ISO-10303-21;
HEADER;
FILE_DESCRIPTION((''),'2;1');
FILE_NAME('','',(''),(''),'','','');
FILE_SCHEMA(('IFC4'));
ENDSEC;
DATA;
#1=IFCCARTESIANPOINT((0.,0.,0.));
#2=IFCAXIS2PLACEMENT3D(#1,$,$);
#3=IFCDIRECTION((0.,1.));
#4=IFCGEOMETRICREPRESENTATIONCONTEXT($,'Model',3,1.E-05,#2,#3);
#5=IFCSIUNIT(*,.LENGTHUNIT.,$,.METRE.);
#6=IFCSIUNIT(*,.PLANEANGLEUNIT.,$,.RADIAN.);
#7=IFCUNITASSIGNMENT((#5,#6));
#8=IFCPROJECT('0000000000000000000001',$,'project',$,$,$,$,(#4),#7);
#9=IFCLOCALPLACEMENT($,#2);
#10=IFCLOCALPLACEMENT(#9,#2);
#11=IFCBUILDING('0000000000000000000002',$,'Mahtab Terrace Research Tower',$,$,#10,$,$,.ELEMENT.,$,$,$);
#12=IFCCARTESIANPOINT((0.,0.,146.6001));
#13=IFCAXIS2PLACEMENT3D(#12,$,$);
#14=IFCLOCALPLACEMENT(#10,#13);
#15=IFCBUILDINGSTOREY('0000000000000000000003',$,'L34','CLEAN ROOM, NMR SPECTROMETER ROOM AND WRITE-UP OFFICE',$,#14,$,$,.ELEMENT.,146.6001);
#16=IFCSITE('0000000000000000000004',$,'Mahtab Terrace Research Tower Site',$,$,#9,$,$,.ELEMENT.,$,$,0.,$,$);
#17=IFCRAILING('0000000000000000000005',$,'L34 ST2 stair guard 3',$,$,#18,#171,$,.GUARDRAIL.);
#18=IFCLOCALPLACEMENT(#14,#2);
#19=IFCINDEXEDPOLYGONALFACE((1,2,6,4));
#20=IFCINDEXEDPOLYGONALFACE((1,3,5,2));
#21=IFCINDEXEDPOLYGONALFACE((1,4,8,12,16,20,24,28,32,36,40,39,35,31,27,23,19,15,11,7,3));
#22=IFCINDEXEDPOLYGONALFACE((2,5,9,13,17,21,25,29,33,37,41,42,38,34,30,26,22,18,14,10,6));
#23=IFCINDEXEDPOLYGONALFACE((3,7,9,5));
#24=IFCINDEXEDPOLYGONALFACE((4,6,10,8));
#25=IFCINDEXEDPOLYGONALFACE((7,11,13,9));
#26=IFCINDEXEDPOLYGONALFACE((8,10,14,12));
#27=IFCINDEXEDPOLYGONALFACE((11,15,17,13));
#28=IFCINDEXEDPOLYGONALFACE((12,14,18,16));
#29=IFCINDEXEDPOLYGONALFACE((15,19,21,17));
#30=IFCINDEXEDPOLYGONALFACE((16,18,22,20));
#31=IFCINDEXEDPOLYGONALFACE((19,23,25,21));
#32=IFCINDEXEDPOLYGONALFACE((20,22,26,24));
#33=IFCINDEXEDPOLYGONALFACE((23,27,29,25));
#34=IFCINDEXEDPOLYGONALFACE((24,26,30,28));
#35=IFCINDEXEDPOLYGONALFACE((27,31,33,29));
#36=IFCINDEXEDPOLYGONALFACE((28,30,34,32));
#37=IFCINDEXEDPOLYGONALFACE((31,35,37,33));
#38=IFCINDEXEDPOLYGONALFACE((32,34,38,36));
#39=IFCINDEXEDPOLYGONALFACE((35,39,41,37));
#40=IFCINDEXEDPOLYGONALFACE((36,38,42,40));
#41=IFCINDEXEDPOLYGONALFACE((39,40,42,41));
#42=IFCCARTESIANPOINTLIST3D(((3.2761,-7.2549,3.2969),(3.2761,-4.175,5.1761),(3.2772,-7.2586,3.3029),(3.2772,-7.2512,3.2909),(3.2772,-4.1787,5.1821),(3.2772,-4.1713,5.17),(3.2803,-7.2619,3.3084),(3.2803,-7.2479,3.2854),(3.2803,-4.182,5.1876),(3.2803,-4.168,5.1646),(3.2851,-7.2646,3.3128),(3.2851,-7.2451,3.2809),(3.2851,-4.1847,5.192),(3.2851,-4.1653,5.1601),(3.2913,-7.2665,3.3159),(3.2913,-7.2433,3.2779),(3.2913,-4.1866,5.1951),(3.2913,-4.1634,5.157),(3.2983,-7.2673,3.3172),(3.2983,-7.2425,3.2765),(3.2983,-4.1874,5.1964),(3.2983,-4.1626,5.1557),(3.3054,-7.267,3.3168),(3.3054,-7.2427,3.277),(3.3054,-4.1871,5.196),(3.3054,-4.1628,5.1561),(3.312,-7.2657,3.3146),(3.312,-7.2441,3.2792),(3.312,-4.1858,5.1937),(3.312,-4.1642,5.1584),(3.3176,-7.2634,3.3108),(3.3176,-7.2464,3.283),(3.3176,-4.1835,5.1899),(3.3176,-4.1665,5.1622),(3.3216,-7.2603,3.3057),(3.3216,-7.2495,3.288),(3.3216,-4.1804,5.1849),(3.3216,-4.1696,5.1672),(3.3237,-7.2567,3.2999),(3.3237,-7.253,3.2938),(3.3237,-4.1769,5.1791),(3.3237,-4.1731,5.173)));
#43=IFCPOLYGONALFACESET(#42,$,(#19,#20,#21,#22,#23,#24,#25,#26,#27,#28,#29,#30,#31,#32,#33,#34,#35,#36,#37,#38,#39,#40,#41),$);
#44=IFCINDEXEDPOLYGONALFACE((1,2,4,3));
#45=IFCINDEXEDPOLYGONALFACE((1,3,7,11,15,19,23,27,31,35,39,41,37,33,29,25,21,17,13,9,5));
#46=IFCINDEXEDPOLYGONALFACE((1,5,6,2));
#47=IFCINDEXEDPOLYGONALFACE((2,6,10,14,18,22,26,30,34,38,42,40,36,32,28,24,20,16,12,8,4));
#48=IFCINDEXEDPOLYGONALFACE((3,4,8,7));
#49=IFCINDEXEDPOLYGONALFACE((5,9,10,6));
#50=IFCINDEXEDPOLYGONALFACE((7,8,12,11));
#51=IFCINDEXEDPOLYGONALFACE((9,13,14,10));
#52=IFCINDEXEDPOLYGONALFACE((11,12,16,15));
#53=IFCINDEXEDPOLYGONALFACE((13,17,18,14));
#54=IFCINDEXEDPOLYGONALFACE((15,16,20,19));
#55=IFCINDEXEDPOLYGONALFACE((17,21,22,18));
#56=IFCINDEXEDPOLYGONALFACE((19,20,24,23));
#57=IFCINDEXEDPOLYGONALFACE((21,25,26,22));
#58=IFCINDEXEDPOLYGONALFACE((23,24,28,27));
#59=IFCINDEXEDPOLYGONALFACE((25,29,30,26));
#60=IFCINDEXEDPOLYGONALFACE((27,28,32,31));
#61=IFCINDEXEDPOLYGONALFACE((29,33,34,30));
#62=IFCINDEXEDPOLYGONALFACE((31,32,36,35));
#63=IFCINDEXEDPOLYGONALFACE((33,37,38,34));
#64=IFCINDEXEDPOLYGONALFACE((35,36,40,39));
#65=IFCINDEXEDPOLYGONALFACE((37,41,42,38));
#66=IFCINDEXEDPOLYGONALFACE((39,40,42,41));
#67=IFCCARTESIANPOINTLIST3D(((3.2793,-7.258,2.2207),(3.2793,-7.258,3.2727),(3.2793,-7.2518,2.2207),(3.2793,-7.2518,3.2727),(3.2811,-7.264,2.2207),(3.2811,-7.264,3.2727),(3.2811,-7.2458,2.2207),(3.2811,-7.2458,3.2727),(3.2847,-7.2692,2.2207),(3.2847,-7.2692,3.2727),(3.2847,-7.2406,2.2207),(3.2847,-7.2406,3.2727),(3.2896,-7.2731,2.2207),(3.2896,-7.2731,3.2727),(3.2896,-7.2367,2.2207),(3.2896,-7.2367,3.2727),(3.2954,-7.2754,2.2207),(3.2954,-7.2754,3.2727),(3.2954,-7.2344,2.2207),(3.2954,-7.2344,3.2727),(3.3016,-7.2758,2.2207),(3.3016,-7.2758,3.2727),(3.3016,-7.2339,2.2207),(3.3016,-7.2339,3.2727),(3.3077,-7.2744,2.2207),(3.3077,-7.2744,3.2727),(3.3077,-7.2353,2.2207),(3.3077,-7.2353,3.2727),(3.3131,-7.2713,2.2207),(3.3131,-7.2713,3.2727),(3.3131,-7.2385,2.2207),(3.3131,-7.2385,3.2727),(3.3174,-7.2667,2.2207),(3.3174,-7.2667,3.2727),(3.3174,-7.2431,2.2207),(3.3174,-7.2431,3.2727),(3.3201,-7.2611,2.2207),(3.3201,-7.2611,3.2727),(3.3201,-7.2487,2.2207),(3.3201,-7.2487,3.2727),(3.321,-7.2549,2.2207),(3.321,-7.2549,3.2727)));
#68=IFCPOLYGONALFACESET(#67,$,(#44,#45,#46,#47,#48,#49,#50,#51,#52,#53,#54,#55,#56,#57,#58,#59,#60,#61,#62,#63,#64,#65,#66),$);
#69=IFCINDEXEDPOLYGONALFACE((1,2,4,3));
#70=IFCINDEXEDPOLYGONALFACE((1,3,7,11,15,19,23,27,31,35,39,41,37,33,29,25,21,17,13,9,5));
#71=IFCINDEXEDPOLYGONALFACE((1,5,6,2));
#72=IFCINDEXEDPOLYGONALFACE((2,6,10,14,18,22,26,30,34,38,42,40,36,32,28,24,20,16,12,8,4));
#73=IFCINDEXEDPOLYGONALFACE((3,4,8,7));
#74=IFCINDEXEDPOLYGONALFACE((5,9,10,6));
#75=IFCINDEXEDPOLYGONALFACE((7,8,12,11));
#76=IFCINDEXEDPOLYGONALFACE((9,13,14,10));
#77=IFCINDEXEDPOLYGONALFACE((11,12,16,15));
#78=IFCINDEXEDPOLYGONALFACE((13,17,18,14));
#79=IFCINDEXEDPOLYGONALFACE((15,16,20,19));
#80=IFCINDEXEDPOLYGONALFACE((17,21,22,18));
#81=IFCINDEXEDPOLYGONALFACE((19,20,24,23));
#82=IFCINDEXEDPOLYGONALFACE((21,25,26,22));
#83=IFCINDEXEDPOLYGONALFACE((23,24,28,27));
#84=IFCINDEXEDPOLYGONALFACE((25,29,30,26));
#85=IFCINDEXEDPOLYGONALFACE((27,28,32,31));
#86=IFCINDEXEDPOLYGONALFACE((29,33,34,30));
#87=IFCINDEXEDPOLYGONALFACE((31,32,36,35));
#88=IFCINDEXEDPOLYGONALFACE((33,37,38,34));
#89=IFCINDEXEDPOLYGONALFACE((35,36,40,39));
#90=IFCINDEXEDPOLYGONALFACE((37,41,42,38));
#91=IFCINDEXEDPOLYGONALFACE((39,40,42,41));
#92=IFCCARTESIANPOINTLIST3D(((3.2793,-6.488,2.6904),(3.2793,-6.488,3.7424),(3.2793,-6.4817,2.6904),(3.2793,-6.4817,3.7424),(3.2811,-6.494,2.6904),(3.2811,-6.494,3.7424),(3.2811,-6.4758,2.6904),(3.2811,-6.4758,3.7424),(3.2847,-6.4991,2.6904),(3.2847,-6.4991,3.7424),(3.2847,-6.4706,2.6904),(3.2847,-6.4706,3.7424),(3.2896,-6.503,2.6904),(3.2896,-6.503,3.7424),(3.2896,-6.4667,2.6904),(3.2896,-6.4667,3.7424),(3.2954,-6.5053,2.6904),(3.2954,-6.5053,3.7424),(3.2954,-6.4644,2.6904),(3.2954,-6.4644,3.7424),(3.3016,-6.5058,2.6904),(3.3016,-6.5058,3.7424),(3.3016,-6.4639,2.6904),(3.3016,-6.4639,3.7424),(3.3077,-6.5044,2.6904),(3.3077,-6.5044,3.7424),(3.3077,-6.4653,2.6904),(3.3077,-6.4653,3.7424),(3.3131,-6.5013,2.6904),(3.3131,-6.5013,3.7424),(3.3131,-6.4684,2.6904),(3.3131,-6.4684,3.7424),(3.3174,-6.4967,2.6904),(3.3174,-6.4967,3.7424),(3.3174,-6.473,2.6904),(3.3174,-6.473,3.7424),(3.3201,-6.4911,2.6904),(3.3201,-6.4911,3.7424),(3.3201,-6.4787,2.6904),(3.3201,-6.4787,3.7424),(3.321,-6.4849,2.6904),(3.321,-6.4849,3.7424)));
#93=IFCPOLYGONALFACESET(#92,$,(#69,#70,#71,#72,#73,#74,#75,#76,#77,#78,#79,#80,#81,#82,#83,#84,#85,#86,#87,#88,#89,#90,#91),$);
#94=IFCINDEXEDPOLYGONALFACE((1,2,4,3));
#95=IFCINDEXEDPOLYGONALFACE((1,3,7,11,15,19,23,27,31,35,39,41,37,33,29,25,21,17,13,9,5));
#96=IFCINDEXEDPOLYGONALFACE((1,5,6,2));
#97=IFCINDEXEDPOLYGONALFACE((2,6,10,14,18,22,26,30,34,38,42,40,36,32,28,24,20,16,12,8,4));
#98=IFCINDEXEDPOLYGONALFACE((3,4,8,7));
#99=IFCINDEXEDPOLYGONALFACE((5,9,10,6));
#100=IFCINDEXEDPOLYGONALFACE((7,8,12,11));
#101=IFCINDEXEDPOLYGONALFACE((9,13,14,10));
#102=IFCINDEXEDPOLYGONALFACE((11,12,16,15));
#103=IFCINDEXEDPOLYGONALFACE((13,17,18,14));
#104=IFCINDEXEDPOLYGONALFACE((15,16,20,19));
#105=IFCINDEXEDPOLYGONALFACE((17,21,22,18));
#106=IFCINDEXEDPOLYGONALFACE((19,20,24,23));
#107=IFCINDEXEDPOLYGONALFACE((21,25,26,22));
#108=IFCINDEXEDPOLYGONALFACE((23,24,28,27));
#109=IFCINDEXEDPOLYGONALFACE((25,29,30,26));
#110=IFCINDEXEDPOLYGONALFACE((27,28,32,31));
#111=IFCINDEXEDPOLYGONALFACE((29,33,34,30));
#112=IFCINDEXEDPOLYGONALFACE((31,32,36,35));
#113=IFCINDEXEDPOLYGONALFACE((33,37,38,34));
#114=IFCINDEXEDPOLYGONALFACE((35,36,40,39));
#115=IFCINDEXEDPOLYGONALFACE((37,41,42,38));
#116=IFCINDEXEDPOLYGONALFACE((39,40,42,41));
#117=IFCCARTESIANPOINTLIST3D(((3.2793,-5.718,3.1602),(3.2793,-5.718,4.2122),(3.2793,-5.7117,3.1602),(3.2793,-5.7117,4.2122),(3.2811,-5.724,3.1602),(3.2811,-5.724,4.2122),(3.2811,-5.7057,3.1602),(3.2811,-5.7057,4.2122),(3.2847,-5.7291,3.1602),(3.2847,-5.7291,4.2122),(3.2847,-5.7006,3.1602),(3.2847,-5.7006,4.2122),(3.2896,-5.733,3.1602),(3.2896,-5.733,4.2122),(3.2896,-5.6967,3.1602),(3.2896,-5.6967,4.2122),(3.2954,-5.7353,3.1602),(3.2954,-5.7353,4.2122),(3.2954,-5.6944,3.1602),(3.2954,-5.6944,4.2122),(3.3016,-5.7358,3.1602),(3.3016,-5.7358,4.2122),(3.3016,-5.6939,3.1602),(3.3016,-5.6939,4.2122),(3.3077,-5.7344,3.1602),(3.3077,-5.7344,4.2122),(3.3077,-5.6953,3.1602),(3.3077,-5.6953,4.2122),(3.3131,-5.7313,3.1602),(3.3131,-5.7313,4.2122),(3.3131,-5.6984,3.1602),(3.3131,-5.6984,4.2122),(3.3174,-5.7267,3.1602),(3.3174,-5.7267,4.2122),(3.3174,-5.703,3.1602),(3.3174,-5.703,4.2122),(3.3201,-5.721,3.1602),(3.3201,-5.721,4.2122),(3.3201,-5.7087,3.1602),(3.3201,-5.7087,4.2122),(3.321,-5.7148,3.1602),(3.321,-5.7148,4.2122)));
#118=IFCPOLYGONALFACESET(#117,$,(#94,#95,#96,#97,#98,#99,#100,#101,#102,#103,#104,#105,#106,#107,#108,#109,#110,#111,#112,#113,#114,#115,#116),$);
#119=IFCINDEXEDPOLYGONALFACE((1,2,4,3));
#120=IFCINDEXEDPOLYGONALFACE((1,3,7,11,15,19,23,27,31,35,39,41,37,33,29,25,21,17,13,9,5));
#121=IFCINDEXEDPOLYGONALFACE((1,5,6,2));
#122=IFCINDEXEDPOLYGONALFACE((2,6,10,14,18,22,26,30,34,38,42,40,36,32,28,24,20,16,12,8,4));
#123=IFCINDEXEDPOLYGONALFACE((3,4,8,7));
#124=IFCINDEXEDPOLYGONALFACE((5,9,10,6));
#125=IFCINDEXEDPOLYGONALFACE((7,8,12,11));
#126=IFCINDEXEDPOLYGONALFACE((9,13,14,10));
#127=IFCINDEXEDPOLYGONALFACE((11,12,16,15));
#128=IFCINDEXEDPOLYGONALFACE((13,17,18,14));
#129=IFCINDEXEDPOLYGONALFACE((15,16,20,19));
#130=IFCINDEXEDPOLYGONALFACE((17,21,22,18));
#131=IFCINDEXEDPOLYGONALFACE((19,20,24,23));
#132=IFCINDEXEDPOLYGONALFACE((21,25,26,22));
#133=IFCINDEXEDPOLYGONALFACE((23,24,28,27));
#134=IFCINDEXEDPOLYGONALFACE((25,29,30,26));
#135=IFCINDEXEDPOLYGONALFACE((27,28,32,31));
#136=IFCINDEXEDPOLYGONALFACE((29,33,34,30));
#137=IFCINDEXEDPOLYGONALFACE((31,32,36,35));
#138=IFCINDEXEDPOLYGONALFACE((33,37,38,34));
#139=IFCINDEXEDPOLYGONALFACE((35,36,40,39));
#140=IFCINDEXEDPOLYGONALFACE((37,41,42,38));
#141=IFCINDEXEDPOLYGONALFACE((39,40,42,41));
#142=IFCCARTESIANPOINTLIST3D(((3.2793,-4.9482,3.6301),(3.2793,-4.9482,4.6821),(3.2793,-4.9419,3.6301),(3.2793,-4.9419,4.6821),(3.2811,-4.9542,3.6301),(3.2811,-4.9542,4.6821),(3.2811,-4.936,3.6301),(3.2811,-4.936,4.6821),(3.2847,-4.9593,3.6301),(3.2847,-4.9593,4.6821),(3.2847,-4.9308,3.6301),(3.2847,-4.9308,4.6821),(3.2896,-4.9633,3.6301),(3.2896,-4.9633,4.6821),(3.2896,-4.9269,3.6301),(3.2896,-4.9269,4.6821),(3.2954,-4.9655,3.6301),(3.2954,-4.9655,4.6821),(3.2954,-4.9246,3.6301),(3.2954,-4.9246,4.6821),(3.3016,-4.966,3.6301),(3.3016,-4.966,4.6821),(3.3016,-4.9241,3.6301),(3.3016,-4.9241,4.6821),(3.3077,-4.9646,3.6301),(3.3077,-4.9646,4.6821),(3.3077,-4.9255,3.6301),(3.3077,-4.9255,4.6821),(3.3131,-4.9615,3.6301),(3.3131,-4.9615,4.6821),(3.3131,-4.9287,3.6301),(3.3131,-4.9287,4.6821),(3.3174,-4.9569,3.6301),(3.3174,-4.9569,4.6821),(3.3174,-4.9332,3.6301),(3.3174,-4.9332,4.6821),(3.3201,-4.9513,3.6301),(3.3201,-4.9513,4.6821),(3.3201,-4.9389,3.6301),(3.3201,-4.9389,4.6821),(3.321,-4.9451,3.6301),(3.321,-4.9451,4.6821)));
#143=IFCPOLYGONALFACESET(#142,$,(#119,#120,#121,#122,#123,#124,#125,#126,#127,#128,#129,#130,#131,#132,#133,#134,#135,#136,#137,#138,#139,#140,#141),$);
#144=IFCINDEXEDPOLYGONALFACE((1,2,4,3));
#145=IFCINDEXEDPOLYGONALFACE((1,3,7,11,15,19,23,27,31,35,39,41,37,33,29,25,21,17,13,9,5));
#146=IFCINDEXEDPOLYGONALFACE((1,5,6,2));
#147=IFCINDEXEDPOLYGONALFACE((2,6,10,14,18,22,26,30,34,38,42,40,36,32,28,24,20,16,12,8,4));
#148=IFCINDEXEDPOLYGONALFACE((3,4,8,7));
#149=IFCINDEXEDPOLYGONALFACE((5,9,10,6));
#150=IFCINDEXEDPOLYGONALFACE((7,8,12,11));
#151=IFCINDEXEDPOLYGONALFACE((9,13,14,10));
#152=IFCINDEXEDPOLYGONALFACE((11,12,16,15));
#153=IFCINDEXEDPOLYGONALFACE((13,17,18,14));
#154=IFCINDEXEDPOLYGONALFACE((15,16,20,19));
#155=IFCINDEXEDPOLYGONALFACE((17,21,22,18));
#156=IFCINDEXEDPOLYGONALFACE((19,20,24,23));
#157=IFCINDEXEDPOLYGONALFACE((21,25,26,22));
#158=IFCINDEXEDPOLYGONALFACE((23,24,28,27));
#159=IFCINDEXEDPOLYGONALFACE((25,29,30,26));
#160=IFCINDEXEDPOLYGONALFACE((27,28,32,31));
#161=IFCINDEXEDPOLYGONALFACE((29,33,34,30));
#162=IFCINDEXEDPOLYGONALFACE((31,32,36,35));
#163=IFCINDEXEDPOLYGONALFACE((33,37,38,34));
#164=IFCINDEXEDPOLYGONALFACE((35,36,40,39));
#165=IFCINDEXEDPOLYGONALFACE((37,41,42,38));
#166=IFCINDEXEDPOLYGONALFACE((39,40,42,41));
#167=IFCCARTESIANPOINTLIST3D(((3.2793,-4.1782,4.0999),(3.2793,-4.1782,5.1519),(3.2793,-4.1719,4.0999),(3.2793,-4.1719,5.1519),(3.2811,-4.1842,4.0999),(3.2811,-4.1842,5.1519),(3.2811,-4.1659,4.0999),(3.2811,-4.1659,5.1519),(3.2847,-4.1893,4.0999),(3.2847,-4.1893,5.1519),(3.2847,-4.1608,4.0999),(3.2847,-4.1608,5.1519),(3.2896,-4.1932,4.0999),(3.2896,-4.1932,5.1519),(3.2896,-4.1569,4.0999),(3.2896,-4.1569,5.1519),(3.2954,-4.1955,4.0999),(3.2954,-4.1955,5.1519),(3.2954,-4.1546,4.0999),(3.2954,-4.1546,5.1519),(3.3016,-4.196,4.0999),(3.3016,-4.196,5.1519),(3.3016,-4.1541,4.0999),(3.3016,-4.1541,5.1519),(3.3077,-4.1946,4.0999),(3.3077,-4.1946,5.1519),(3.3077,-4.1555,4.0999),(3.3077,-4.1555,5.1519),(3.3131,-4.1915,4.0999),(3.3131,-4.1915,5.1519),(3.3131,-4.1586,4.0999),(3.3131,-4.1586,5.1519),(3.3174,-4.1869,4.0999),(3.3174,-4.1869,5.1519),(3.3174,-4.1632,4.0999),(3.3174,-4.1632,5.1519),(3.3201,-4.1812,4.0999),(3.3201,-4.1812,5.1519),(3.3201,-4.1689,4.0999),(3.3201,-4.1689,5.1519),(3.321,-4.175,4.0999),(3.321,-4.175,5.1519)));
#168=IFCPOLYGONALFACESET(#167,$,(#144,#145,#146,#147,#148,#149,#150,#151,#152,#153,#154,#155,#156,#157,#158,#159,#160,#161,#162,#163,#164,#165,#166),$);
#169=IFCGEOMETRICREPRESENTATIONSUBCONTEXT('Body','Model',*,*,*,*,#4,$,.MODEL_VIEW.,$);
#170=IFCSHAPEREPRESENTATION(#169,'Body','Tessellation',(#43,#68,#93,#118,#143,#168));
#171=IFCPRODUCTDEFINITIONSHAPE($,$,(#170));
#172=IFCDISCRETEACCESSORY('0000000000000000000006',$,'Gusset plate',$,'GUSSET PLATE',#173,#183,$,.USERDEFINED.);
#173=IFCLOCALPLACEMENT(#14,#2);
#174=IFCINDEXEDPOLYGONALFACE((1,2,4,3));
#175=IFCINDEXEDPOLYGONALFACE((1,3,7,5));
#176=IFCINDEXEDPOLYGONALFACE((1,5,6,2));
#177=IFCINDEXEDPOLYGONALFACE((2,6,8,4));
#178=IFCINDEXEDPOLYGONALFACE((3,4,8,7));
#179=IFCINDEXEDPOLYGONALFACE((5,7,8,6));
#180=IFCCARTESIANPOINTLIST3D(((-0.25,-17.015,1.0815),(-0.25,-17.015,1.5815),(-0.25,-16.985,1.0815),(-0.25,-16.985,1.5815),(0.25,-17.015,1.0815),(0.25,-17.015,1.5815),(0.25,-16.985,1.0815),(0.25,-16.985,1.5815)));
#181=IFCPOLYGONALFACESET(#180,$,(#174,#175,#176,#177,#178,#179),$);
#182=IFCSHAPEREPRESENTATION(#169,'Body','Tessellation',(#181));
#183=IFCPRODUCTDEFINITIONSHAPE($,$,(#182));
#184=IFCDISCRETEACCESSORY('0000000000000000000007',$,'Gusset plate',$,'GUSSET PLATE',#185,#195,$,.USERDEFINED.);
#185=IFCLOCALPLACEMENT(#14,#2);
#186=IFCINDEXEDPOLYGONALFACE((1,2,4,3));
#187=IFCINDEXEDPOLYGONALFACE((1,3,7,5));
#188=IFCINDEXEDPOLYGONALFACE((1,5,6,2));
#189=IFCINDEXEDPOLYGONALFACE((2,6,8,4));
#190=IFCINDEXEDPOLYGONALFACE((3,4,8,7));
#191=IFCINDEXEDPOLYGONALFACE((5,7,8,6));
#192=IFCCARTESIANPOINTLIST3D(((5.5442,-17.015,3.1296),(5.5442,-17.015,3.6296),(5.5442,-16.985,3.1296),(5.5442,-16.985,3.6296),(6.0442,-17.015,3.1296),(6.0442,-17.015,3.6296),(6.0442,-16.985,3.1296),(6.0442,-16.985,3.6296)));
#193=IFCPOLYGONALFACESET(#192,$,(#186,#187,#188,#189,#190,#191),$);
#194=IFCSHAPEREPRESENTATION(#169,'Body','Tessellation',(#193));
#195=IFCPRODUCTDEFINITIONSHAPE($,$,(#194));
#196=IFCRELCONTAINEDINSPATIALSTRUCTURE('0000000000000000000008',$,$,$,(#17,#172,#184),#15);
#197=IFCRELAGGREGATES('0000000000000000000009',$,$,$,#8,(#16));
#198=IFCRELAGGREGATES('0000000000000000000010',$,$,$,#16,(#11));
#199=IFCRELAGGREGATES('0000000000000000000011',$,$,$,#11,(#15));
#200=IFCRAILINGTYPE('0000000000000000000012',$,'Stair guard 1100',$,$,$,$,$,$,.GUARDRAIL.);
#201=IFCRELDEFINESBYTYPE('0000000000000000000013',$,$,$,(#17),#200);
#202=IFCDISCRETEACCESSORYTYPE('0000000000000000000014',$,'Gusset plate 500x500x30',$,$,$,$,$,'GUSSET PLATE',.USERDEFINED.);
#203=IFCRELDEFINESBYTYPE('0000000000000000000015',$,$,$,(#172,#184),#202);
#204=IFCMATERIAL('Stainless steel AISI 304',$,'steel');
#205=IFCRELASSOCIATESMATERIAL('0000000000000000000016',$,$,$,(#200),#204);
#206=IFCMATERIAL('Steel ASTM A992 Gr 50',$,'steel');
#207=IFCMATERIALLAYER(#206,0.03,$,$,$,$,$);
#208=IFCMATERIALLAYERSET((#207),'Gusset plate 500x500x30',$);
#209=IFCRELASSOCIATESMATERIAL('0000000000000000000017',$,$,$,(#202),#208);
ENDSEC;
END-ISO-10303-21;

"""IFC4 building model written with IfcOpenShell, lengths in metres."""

from ifc_helpers import new_model, si_unit, direction, frame, origin, origin_2d, place, context, subcontext, project, spatial, rectangle, circle, extrude, material, layer, layer_set, type_object, element, save


model = new_model("IFC4")

# Units and contexts
model_context = context("Model", 3, precision=1e-05, world=origin(), true_north=direction((0.0, 1.0)))
body_context = subcontext(model_context, "Body", "Model", "MODEL_VIEW")
ifc_project = project(units=[si_unit("LENGTHUNIT", "METRE"), si_unit("PLANEANGLEUNIT", "RADIAN")], contexts=[model_context])

# Site, building, storey
site_placement = place(None, origin())
site = spatial("IfcSite", under=ifc_project, at=site_placement, Name="Mahtab Terrace Research Tower Site", CompositionType="ELEMENT", RefElevation=0.0)
building_placement = place(site_placement, origin())
building = spatial("IfcBuilding", under=site, at=building_placement, Name="Mahtab Terrace Research Tower", CompositionType="ELEMENT")
storey_placement = place(building_placement, frame((0.0, 0.0, 146.6001)))
storey = spatial("IfcBuildingStorey", under=building, at=storey_placement, Name="L34", Description="CLEAN ROOM, NMR SPECTROMETER ROOM AND WRITE-UP OFFICE", CompositionType="ELEMENT", Elevation=146.6001)

# Shared definitions
ifc_material_1 = material(Name="Steel ASTM A992 Gr 50", Category="steel")

# Railing
ifc_material_2 = material(Name="Stainless steel AISI 304", Category="steel")
railing_type = type_object("IfcRailingType", Name="Stair guard 1100", PredefinedType="GUARDRAIL", material=ifc_material_2)
railing_1_placement = place(storey_placement, frame((3.3, -7.2549, 2.2207)))
element("IfcRailing", 1, at=railing_1_placement, inside=storey, type_object=railing_type, Name="L34 ST2 stair guard 3", PredefinedType="GUARDRAIL", context=body_context, shape_type="SweptSolid", body=[
    extrude(circle(Radius=0.0239, at=origin_2d()), frame((0.0, 0.0, 1.0762), z_axis=(0.0, 0.853648, 0.52085), x_axis=(-1.0, 0.0, 0.0)), (0.0, 0.0, 1.0), 3.6079),
    extrude(circle(Radius=0.021, at=origin_2d()), origin(), (0.0, 0.0, 1.0), 1.052),
    extrude(circle(Radius=0.021, at=origin_2d()), frame((0.0, 0.77, 0.4697)), (0.0, 0.0, 1.0), 1.052),
    extrude(circle(Radius=0.021, at=origin_2d()), frame((0.0, 1.54, 0.9395)), (0.0, 0.0, 1.0), 1.052),
    extrude(circle(Radius=0.021, at=origin_2d()), frame((0.0, 2.3098, 1.4094)), (0.0, 0.0, 1.0), 1.052),
    extrude(circle(Radius=0.021, at=origin_2d()), frame((0.0, 3.0798, 1.8792)), (0.0, 0.0, 1.0), 1.052),
])

# Discrete accessories
ifc_layer_1 = layer(ifc_material_1, 0.03)
ifc_layer_set_1 = layer_set([ifc_layer_1], Name="Gusset plate 500x500x30")
discrete_accessory_type = type_object("IfcDiscreteAccessoryType", Name="Gusset plate 500x500x30", ElementType="GUSSET PLATE", PredefinedType="USERDEFINED", material=ifc_layer_set_1)
for number, where, z_axis, x_axis, name in (
    (2, (0.0, -17.0, 1.0815), (0.0, 0.0, 1.0), (1.0, 0.0, 0.0), "Gusset plate"),
    (3, (5.7942, -17.0, 3.1296), (0.0, 0.0, 1.0), (1.0, 0.0, 0.0), "Gusset plate"),
):
    element("IfcDiscreteAccessory", number, at=place(storey_placement, frame(where, z_axis=z_axis, x_axis=x_axis)), inside=storey, type_object=discrete_accessory_type, Name=name, ObjectType="GUSSET PLATE", PredefinedType="USERDEFINED", context=body_context, shape_type="SweptSolid", body=[
        extrude(rectangle(XDim=0.5, YDim=0.03, at=origin_2d()), origin(), (0.0, 0.0, 1.0), 0.5),
    ])

save(model, "model.ifc")
